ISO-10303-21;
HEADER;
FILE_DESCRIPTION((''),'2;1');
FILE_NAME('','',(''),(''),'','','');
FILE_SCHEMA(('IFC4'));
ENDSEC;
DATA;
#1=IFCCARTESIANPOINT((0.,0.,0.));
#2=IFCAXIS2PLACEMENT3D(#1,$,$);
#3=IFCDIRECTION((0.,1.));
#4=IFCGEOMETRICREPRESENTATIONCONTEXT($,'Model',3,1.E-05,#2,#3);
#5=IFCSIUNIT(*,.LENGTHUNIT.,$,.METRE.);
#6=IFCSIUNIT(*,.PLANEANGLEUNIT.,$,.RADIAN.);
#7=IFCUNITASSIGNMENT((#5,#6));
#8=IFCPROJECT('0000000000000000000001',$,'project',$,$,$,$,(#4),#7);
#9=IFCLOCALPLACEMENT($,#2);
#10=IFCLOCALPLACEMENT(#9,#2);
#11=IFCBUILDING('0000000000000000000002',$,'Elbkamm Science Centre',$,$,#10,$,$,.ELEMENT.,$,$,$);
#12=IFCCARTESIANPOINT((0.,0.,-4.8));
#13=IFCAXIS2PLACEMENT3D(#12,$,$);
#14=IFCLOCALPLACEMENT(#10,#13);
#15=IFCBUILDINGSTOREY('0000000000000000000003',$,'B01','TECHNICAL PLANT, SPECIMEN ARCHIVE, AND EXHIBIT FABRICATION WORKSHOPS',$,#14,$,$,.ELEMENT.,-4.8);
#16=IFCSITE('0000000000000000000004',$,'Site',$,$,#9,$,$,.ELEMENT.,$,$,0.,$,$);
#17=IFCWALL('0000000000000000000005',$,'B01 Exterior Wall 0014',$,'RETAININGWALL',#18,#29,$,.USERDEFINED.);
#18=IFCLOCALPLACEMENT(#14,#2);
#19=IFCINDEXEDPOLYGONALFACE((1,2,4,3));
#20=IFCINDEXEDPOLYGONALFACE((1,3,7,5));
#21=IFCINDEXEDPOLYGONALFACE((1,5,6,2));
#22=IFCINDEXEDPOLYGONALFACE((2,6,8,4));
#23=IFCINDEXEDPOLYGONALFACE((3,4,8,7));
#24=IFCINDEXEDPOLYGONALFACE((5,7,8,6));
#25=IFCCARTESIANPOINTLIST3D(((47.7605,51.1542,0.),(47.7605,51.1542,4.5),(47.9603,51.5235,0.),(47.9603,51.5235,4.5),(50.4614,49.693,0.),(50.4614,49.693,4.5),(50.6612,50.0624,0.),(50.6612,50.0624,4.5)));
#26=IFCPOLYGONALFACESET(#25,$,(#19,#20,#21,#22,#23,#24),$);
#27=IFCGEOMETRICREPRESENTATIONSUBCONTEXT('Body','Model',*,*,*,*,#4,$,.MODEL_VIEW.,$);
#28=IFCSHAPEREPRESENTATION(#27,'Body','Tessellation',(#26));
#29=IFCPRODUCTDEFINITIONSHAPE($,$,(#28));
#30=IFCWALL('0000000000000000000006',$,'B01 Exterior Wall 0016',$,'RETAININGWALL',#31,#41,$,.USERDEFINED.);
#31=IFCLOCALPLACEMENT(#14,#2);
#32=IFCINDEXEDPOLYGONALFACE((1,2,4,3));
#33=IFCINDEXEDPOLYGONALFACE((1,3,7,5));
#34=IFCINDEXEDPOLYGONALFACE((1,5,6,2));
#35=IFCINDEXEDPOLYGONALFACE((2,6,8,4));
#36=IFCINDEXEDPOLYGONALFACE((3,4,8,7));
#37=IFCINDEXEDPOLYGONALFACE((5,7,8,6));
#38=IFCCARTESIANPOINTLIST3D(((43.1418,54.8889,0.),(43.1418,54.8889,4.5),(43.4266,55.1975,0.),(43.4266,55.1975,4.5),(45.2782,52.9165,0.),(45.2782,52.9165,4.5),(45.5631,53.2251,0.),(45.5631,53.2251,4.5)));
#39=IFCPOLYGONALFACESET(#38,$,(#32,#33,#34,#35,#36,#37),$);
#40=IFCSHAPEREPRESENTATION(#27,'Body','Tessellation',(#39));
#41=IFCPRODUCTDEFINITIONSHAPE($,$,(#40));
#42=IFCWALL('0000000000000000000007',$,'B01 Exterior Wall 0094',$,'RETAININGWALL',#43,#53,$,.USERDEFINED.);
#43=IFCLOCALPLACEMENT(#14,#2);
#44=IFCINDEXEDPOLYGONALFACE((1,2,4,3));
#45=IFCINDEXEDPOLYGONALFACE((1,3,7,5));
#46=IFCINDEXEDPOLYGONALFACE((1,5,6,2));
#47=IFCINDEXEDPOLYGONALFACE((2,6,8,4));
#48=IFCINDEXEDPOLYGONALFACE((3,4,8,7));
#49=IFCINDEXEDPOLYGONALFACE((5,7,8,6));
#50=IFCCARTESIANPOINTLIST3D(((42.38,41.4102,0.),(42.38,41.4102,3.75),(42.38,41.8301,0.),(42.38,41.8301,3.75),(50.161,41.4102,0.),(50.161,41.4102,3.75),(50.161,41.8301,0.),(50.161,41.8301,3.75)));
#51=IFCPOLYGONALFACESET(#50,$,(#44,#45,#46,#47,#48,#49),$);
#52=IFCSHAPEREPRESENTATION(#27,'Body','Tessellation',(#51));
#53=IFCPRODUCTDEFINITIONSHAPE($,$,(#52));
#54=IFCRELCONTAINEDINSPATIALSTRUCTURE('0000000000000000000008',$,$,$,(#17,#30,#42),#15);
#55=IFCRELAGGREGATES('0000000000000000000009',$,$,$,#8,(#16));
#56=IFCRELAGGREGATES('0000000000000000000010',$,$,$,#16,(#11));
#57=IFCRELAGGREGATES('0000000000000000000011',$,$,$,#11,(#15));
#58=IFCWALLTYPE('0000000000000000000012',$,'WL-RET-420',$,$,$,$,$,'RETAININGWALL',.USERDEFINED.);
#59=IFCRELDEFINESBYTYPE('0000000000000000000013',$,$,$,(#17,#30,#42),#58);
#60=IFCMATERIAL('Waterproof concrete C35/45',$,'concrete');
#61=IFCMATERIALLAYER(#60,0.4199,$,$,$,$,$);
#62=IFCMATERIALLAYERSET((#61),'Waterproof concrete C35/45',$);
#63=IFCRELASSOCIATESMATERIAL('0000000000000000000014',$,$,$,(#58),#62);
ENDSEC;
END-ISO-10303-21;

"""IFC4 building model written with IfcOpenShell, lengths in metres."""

from ifc_helpers import new_model, si_unit, direction, frame, frame_2d, origin, place, context, subcontext, project, spatial, rectangle, extrude, material, layer, layer_set, type_object, element, save


model = new_model("IFC4")

# Units and contexts
model_context = context("Model", 3, precision=1e-05, world=origin(), true_north=direction((0.0, 1.0)))
body_context = subcontext(model_context, "Body", "Model", "MODEL_VIEW")
ifc_project = project(units=[si_unit("LENGTHUNIT", "METRE"), si_unit("PLANEANGLEUNIT", "RADIAN")], contexts=[model_context])

# Site, building, storey
site_placement = place(None, origin())
site = spatial("IfcSite", under=ifc_project, at=site_placement, Name="Site", CompositionType="ELEMENT", RefElevation=0.0)
building_placement = place(site_placement, origin())
building = spatial("IfcBuilding", under=site, at=building_placement, Name="Elbkamm Science Centre", CompositionType="ELEMENT")
storey_placement = place(building_placement, frame((0.0, 0.0, -4.8)))
storey = spatial("IfcBuildingStorey", under=building, at=storey_placement, Name="B01", Description="TECHNICAL PLANT, SPECIMEN ARCHIVE, AND EXHIBIT FABRICATION WORKSHOPS", CompositionType="ELEMENT", Elevation=-4.8)

# Walls
ifc_material_1 = material(Name="Waterproof concrete C35/45", Category="concrete")
ifc_layer_1 = layer(ifc_material_1, 0.4199)
ifc_layer_set_1 = layer_set([ifc_layer_1], Name="Waterproof concrete C35/45")
wall_type_1 = type_object("IfcWallType", Name="WL-RET-420", ElementType="RETAININGWALL", PredefinedType="USERDEFINED", material=ifc_layer_set_1)
wall_1_placement = place(storey_placement, frame((50.5613, 49.8777, 0.0), z_axis=(0.0, 0.0, 1.0), x_axis=(-0.87954, 0.475825, 0.0)))
element("IfcWall", 1, at=wall_1_placement, inside=storey, type_object=wall_type_1, Name="B01 Exterior Wall 0014", ObjectType="RETAININGWALL", PredefinedType="USERDEFINED", context=body_context, shape_type="SweptSolid", body=[
    extrude(rectangle(XDim=3.0708, YDim=0.4199, at=frame_2d((1.5354, 0.0))), origin(), (0.0, 0.0, 1.0), 4.5),
])
wall_2_placement = place(storey_placement, frame((45.4207, 53.0708, 0.0), z_axis=(0.0, 0.0, 1.0), x_axis=(-0.734755, 0.678332, 0.0)))
element("IfcWall", 2, at=wall_2_placement, inside=storey, type_object=wall_type_1, Name="B01 Exterior Wall 0016", ObjectType="RETAININGWALL", PredefinedType="USERDEFINED", context=body_context, shape_type="SweptSolid", body=[
    extrude(rectangle(XDim=2.9077, YDim=0.4199, at=frame_2d((1.4539, 0.0))), origin(), (0.0, 0.0, 1.0), 4.5),
])
wall_3_placement = place(storey_placement, frame((42.3799, 41.6201, 0.0), z_axis=(0.0, 0.0, 1.0), x_axis=(1.0, 0.0, 0.0)))
element("IfcWall", 3, at=wall_3_placement, inside=storey, type_object=wall_type_1, Name="B01 Exterior Wall 0094", ObjectType="RETAININGWALL", PredefinedType="USERDEFINED", context=body_context, shape_type="SweptSolid", body=[
    extrude(rectangle(XDim=7.781, YDim=0.4199, at=frame_2d((3.8906, 0.0))), origin(), (0.0, 0.0, 1.0), 3.75),
])

save(model, "model.ifc")
